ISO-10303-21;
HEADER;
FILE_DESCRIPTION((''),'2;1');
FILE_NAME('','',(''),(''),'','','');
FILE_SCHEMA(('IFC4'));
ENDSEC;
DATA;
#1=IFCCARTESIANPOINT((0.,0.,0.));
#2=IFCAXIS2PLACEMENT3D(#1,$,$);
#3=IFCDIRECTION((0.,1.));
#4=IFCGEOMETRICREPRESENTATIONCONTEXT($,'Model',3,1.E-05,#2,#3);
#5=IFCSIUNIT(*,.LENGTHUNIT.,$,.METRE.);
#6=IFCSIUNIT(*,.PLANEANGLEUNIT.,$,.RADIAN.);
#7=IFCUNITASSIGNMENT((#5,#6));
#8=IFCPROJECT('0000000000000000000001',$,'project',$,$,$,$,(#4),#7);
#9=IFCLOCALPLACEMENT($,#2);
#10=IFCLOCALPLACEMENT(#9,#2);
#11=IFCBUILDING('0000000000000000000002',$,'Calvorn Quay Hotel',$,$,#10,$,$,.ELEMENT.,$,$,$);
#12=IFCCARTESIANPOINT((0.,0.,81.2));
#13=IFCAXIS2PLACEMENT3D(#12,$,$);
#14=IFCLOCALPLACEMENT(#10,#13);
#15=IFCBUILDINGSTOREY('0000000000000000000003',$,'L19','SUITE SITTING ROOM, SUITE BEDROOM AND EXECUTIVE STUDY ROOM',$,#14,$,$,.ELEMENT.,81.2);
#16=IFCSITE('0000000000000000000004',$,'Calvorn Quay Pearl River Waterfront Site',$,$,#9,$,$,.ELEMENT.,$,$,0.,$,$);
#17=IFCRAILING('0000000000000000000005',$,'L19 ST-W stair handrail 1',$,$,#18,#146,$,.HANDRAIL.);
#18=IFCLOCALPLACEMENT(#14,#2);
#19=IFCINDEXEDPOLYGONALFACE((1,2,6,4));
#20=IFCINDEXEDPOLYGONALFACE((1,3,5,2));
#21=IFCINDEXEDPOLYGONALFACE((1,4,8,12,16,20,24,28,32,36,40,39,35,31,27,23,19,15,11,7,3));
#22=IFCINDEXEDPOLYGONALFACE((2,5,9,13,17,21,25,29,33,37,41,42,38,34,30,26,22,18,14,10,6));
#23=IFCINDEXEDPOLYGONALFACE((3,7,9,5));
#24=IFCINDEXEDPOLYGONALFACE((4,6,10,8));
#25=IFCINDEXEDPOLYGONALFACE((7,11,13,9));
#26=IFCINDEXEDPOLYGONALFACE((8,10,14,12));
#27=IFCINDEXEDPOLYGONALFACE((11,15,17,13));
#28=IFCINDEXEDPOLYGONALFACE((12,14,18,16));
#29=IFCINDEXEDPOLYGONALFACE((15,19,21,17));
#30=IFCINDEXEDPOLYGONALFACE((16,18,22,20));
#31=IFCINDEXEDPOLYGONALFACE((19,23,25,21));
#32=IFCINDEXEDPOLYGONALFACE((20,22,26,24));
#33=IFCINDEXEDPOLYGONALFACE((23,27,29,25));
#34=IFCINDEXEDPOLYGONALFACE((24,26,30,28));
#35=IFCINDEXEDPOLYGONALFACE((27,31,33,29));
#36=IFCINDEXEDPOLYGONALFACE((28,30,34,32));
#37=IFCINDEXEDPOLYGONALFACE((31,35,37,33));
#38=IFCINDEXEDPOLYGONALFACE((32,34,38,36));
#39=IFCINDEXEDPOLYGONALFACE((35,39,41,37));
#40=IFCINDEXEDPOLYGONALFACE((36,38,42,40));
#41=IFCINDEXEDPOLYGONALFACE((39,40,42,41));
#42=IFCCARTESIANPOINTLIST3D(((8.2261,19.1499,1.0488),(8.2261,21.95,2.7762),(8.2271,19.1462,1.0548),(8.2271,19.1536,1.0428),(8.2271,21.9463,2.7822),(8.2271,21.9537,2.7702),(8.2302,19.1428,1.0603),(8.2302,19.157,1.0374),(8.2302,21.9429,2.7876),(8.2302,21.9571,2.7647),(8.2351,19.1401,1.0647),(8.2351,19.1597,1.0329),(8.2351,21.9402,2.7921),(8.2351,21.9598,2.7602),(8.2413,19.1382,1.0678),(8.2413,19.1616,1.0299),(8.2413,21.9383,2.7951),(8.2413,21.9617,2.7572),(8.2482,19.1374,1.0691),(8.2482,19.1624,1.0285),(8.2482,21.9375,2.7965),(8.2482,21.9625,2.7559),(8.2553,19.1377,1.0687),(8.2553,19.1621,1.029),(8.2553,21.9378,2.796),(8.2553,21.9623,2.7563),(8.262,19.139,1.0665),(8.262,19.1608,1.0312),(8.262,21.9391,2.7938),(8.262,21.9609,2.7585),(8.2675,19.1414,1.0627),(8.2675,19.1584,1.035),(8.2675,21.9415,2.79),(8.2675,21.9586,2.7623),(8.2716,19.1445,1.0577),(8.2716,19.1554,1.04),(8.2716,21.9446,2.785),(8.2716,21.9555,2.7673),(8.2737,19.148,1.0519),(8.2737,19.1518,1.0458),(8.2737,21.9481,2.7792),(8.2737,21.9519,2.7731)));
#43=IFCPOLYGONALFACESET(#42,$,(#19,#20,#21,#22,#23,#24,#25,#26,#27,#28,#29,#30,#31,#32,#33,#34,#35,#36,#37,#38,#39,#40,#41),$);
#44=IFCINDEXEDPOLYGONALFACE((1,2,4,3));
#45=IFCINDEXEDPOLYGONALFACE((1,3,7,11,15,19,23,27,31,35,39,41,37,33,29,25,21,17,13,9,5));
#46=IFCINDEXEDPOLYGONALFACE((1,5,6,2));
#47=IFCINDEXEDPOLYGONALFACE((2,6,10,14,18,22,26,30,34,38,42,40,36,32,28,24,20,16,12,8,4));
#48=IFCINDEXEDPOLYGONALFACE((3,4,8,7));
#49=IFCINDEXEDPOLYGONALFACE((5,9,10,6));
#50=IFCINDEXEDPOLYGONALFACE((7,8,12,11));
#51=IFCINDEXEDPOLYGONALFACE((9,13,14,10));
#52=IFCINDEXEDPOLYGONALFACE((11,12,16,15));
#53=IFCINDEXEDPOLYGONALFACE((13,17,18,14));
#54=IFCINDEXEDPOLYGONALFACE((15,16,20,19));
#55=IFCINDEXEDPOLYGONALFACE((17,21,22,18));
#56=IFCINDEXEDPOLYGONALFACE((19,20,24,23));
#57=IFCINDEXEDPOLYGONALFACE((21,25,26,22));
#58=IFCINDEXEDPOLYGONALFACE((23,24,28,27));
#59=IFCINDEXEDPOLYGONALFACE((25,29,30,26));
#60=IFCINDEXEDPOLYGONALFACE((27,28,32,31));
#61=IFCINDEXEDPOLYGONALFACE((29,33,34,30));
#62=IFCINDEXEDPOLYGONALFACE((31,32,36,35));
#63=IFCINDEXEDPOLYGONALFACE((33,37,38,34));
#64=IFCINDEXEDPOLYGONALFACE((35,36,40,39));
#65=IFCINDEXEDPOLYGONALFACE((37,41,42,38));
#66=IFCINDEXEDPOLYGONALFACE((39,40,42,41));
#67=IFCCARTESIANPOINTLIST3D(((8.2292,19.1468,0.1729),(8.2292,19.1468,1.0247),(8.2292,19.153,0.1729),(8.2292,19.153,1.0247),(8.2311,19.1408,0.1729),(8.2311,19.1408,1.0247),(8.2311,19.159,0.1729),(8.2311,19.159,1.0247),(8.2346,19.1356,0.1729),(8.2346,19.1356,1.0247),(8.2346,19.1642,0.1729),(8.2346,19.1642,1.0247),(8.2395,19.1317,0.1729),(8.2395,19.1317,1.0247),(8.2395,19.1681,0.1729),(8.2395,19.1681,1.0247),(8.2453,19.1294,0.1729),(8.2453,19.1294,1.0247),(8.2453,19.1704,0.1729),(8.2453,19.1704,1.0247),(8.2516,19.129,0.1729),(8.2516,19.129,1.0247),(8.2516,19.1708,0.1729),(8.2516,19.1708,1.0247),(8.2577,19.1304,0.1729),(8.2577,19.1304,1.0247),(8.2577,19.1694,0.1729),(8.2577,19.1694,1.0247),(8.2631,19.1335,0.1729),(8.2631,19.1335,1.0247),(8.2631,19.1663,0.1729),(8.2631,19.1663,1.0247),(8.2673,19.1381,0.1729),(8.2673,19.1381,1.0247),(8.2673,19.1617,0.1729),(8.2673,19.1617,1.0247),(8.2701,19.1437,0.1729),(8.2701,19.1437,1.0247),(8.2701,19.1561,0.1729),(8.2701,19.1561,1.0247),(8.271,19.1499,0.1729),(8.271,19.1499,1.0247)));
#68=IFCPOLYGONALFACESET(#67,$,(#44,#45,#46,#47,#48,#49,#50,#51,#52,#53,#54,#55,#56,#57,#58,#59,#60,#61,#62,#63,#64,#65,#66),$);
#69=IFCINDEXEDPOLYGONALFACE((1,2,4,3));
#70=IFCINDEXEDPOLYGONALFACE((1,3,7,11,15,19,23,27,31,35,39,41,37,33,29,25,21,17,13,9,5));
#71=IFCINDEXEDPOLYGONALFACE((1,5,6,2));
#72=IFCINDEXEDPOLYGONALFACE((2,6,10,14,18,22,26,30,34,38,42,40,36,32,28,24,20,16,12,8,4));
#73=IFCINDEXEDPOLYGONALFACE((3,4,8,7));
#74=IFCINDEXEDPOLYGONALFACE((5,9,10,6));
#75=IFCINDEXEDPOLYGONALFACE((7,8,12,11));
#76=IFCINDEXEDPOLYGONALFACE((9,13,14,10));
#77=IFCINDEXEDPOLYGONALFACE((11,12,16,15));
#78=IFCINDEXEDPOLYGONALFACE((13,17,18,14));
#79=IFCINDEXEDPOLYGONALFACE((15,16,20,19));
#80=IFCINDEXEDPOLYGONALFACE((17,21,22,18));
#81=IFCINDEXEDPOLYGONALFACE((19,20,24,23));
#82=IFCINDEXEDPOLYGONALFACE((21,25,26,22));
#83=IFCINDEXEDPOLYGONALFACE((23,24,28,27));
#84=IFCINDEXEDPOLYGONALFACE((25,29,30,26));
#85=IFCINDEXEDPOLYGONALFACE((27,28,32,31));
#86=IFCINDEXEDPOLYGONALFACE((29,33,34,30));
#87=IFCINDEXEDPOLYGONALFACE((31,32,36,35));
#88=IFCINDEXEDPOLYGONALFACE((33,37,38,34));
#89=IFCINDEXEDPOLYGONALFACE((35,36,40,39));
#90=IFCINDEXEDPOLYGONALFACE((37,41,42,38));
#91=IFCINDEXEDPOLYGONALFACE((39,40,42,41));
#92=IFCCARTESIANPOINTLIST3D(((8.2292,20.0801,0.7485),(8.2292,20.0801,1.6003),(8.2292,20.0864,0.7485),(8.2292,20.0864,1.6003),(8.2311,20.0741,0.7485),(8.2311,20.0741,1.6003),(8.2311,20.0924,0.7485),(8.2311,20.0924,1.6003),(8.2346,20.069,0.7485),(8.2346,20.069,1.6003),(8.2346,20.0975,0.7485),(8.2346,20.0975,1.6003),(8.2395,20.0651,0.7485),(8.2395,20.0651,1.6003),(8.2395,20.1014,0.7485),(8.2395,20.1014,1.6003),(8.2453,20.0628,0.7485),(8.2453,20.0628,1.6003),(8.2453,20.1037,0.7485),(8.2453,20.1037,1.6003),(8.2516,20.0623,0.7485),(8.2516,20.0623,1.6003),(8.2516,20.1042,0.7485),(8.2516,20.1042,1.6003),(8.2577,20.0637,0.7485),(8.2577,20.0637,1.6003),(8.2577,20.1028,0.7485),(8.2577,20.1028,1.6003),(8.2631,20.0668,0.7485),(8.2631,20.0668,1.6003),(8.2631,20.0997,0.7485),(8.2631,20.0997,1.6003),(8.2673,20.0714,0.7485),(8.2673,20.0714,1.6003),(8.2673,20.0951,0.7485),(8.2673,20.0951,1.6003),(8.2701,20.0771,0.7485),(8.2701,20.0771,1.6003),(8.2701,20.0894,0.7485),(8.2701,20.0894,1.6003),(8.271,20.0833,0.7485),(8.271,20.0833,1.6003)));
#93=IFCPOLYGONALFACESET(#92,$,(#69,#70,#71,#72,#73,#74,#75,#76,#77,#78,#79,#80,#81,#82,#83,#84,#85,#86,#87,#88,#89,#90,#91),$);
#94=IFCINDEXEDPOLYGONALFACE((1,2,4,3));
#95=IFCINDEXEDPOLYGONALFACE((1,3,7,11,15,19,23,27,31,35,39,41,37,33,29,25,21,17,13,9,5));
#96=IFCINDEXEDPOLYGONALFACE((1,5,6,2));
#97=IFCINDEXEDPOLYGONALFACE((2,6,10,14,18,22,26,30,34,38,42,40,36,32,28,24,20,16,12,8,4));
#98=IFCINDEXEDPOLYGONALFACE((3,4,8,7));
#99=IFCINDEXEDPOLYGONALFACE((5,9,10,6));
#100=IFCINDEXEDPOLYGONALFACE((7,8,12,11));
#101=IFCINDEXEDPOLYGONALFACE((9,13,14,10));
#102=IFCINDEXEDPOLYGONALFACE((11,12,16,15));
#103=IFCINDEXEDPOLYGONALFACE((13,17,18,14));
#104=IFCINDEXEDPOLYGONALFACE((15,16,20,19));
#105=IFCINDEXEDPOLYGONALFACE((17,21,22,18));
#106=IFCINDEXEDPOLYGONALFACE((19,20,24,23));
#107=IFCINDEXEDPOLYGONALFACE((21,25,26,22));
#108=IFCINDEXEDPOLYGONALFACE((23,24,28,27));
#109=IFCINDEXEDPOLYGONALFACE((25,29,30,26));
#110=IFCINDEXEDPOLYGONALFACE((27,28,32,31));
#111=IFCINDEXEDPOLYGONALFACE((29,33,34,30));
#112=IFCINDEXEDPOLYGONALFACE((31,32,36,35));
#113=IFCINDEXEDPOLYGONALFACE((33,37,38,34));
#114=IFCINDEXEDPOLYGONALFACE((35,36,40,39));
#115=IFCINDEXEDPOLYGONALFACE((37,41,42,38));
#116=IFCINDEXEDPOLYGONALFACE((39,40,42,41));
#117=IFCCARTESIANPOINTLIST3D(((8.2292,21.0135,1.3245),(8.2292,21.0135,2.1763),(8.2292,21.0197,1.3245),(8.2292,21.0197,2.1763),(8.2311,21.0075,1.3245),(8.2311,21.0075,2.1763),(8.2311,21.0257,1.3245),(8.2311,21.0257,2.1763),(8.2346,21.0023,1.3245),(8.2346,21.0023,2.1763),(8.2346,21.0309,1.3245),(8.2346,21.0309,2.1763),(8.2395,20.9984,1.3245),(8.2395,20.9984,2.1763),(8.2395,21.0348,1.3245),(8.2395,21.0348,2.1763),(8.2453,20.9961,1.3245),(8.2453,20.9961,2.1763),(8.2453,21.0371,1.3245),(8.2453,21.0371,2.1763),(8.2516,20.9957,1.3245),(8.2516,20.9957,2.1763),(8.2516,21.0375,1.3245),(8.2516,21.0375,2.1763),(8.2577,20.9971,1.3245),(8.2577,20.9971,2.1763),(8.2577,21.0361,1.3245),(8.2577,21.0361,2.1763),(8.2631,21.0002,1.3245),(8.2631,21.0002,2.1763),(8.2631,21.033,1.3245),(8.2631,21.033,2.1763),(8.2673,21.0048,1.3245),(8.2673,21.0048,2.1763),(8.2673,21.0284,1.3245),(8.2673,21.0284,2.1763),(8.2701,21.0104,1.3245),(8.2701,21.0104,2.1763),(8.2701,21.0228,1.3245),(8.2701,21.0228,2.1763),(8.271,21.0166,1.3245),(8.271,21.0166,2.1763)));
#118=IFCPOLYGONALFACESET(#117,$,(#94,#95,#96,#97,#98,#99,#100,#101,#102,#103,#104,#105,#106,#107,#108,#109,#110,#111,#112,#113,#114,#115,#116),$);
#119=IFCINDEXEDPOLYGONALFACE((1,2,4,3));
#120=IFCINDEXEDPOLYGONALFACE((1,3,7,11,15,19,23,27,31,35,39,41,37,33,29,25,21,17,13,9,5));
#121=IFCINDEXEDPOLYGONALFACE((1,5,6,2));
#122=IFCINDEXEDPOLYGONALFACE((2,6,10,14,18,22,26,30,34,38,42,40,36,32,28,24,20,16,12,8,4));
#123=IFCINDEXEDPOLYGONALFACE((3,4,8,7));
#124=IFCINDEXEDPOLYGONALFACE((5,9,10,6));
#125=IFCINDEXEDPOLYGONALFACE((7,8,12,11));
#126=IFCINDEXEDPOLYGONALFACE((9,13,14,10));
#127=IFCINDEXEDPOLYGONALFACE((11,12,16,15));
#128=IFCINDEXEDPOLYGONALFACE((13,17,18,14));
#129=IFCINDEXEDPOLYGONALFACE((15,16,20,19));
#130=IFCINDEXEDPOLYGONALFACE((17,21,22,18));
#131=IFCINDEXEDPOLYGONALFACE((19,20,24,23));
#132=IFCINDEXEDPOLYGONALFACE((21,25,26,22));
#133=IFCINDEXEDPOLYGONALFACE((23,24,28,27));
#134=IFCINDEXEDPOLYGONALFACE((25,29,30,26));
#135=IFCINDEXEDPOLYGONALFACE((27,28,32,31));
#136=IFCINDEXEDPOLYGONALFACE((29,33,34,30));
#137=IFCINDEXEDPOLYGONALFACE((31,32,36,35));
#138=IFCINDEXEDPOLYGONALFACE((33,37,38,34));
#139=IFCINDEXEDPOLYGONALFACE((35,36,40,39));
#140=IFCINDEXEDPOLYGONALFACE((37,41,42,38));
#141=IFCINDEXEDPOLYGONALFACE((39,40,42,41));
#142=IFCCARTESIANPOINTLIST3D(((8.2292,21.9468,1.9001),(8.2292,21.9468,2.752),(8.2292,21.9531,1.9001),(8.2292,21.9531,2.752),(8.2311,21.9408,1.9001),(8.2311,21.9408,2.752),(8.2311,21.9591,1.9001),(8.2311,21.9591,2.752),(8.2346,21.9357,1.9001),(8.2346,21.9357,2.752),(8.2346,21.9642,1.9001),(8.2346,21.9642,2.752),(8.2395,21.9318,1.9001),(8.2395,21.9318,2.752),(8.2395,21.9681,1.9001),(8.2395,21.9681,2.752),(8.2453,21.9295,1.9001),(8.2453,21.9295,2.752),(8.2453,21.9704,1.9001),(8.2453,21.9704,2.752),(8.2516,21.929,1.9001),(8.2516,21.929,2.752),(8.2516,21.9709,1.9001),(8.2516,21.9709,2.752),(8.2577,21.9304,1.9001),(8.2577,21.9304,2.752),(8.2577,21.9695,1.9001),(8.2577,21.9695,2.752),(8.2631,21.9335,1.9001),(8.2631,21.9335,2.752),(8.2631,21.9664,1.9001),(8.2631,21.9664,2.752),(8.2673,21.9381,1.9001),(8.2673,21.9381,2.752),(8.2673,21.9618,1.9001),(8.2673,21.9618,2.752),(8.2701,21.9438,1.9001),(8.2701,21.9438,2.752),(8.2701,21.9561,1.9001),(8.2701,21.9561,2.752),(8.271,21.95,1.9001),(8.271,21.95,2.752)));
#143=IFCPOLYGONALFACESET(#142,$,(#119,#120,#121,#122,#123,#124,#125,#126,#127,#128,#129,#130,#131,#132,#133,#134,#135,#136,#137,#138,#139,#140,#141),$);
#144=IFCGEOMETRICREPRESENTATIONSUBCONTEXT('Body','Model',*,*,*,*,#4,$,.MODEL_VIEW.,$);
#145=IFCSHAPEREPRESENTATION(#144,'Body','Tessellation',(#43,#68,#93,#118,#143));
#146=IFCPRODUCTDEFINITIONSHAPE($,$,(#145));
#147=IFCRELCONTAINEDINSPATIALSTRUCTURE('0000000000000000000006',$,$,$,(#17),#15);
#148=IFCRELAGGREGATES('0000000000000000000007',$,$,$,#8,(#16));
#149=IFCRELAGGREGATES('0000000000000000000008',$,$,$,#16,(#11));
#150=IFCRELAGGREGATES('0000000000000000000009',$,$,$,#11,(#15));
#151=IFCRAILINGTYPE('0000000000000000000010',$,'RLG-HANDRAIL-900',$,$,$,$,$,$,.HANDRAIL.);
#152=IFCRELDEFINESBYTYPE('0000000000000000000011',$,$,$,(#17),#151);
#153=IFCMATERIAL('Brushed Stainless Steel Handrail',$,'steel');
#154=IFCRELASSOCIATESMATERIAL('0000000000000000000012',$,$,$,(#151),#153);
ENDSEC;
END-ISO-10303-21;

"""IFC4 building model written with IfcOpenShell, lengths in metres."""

from ifc_helpers import new_model, si_unit, direction, frame, origin, origin_2d, place, context, subcontext, project, spatial, circle, extrude, material, type_object, element, save


model = new_model("IFC4")

# Units and contexts
model_context = context("Model", 3, precision=1e-05, world=origin(), true_north=direction((0.0, 1.0)))
body_context = subcontext(model_context, "Body", "Model", "MODEL_VIEW")
ifc_project = project(units=[si_unit("LENGTHUNIT", "METRE"), si_unit("PLANEANGLEUNIT", "RADIAN")], contexts=[model_context])

# Site, building, storey
site_placement = place(None, origin())
site = spatial("IfcSite", under=ifc_project, at=site_placement, Name="Calvorn Quay Pearl River Waterfront Site", CompositionType="ELEMENT", RefElevation=0.0)
building_placement = place(site_placement, origin())
building = spatial("IfcBuilding", under=site, at=building_placement, Name="Calvorn Quay Hotel", CompositionType="ELEMENT")
storey_placement = place(building_placement, frame((0.0, 0.0, 81.2)))
storey = spatial("IfcBuildingStorey", under=building, at=storey_placement, Name="L19", Description="SUITE SITTING ROOM, SUITE BEDROOM AND EXECUTIVE STUDY ROOM", CompositionType="ELEMENT", Elevation=81.2)

# Railing
ifc_material_1 = material(Name="Brushed Stainless Steel Handrail", Category="steel")
railing_type_1 = type_object("IfcRailingType", Name="RLG-HANDRAIL-900", PredefinedType="HANDRAIL", material=ifc_material_1)
railing_1_placement = place(storey_placement, frame((8.25, 19.1499, 0.1729)))
element("IfcRailing", 1, at=railing_1_placement, inside=storey, type_object=railing_type_1, Name="L19 ST-W stair handrail 1", PredefinedType="HANDRAIL", context=body_context, shape_type="SweptSolid", body=[
    extrude(circle(Radius=0.0239, at=origin_2d()), frame((0.0, 0.0, 0.876), z_axis=(0.0, 0.85109, 0.52502), x_axis=(-1.0, 0.0, 0.0)), (0.0, 0.0, 1.0), 3.29),
    extrude(circle(Radius=0.021, at=origin_2d()), origin(), (0.0, 0.0, 1.0), 0.8518),
    extrude(circle(Radius=0.021, at=origin_2d()), frame((0.0, 0.9333, 0.5757)), (0.0, 0.0, 1.0), 0.8518),
    extrude(circle(Radius=0.021, at=origin_2d()), frame((0.0, 1.8667, 1.1516)), (0.0, 0.0, 1.0), 0.8518),
    extrude(circle(Radius=0.021, at=origin_2d()), frame((0.0, 2.8, 1.7273)), (0.0, 0.0, 1.0), 0.8518),
])

save(model, "model.ifc")
